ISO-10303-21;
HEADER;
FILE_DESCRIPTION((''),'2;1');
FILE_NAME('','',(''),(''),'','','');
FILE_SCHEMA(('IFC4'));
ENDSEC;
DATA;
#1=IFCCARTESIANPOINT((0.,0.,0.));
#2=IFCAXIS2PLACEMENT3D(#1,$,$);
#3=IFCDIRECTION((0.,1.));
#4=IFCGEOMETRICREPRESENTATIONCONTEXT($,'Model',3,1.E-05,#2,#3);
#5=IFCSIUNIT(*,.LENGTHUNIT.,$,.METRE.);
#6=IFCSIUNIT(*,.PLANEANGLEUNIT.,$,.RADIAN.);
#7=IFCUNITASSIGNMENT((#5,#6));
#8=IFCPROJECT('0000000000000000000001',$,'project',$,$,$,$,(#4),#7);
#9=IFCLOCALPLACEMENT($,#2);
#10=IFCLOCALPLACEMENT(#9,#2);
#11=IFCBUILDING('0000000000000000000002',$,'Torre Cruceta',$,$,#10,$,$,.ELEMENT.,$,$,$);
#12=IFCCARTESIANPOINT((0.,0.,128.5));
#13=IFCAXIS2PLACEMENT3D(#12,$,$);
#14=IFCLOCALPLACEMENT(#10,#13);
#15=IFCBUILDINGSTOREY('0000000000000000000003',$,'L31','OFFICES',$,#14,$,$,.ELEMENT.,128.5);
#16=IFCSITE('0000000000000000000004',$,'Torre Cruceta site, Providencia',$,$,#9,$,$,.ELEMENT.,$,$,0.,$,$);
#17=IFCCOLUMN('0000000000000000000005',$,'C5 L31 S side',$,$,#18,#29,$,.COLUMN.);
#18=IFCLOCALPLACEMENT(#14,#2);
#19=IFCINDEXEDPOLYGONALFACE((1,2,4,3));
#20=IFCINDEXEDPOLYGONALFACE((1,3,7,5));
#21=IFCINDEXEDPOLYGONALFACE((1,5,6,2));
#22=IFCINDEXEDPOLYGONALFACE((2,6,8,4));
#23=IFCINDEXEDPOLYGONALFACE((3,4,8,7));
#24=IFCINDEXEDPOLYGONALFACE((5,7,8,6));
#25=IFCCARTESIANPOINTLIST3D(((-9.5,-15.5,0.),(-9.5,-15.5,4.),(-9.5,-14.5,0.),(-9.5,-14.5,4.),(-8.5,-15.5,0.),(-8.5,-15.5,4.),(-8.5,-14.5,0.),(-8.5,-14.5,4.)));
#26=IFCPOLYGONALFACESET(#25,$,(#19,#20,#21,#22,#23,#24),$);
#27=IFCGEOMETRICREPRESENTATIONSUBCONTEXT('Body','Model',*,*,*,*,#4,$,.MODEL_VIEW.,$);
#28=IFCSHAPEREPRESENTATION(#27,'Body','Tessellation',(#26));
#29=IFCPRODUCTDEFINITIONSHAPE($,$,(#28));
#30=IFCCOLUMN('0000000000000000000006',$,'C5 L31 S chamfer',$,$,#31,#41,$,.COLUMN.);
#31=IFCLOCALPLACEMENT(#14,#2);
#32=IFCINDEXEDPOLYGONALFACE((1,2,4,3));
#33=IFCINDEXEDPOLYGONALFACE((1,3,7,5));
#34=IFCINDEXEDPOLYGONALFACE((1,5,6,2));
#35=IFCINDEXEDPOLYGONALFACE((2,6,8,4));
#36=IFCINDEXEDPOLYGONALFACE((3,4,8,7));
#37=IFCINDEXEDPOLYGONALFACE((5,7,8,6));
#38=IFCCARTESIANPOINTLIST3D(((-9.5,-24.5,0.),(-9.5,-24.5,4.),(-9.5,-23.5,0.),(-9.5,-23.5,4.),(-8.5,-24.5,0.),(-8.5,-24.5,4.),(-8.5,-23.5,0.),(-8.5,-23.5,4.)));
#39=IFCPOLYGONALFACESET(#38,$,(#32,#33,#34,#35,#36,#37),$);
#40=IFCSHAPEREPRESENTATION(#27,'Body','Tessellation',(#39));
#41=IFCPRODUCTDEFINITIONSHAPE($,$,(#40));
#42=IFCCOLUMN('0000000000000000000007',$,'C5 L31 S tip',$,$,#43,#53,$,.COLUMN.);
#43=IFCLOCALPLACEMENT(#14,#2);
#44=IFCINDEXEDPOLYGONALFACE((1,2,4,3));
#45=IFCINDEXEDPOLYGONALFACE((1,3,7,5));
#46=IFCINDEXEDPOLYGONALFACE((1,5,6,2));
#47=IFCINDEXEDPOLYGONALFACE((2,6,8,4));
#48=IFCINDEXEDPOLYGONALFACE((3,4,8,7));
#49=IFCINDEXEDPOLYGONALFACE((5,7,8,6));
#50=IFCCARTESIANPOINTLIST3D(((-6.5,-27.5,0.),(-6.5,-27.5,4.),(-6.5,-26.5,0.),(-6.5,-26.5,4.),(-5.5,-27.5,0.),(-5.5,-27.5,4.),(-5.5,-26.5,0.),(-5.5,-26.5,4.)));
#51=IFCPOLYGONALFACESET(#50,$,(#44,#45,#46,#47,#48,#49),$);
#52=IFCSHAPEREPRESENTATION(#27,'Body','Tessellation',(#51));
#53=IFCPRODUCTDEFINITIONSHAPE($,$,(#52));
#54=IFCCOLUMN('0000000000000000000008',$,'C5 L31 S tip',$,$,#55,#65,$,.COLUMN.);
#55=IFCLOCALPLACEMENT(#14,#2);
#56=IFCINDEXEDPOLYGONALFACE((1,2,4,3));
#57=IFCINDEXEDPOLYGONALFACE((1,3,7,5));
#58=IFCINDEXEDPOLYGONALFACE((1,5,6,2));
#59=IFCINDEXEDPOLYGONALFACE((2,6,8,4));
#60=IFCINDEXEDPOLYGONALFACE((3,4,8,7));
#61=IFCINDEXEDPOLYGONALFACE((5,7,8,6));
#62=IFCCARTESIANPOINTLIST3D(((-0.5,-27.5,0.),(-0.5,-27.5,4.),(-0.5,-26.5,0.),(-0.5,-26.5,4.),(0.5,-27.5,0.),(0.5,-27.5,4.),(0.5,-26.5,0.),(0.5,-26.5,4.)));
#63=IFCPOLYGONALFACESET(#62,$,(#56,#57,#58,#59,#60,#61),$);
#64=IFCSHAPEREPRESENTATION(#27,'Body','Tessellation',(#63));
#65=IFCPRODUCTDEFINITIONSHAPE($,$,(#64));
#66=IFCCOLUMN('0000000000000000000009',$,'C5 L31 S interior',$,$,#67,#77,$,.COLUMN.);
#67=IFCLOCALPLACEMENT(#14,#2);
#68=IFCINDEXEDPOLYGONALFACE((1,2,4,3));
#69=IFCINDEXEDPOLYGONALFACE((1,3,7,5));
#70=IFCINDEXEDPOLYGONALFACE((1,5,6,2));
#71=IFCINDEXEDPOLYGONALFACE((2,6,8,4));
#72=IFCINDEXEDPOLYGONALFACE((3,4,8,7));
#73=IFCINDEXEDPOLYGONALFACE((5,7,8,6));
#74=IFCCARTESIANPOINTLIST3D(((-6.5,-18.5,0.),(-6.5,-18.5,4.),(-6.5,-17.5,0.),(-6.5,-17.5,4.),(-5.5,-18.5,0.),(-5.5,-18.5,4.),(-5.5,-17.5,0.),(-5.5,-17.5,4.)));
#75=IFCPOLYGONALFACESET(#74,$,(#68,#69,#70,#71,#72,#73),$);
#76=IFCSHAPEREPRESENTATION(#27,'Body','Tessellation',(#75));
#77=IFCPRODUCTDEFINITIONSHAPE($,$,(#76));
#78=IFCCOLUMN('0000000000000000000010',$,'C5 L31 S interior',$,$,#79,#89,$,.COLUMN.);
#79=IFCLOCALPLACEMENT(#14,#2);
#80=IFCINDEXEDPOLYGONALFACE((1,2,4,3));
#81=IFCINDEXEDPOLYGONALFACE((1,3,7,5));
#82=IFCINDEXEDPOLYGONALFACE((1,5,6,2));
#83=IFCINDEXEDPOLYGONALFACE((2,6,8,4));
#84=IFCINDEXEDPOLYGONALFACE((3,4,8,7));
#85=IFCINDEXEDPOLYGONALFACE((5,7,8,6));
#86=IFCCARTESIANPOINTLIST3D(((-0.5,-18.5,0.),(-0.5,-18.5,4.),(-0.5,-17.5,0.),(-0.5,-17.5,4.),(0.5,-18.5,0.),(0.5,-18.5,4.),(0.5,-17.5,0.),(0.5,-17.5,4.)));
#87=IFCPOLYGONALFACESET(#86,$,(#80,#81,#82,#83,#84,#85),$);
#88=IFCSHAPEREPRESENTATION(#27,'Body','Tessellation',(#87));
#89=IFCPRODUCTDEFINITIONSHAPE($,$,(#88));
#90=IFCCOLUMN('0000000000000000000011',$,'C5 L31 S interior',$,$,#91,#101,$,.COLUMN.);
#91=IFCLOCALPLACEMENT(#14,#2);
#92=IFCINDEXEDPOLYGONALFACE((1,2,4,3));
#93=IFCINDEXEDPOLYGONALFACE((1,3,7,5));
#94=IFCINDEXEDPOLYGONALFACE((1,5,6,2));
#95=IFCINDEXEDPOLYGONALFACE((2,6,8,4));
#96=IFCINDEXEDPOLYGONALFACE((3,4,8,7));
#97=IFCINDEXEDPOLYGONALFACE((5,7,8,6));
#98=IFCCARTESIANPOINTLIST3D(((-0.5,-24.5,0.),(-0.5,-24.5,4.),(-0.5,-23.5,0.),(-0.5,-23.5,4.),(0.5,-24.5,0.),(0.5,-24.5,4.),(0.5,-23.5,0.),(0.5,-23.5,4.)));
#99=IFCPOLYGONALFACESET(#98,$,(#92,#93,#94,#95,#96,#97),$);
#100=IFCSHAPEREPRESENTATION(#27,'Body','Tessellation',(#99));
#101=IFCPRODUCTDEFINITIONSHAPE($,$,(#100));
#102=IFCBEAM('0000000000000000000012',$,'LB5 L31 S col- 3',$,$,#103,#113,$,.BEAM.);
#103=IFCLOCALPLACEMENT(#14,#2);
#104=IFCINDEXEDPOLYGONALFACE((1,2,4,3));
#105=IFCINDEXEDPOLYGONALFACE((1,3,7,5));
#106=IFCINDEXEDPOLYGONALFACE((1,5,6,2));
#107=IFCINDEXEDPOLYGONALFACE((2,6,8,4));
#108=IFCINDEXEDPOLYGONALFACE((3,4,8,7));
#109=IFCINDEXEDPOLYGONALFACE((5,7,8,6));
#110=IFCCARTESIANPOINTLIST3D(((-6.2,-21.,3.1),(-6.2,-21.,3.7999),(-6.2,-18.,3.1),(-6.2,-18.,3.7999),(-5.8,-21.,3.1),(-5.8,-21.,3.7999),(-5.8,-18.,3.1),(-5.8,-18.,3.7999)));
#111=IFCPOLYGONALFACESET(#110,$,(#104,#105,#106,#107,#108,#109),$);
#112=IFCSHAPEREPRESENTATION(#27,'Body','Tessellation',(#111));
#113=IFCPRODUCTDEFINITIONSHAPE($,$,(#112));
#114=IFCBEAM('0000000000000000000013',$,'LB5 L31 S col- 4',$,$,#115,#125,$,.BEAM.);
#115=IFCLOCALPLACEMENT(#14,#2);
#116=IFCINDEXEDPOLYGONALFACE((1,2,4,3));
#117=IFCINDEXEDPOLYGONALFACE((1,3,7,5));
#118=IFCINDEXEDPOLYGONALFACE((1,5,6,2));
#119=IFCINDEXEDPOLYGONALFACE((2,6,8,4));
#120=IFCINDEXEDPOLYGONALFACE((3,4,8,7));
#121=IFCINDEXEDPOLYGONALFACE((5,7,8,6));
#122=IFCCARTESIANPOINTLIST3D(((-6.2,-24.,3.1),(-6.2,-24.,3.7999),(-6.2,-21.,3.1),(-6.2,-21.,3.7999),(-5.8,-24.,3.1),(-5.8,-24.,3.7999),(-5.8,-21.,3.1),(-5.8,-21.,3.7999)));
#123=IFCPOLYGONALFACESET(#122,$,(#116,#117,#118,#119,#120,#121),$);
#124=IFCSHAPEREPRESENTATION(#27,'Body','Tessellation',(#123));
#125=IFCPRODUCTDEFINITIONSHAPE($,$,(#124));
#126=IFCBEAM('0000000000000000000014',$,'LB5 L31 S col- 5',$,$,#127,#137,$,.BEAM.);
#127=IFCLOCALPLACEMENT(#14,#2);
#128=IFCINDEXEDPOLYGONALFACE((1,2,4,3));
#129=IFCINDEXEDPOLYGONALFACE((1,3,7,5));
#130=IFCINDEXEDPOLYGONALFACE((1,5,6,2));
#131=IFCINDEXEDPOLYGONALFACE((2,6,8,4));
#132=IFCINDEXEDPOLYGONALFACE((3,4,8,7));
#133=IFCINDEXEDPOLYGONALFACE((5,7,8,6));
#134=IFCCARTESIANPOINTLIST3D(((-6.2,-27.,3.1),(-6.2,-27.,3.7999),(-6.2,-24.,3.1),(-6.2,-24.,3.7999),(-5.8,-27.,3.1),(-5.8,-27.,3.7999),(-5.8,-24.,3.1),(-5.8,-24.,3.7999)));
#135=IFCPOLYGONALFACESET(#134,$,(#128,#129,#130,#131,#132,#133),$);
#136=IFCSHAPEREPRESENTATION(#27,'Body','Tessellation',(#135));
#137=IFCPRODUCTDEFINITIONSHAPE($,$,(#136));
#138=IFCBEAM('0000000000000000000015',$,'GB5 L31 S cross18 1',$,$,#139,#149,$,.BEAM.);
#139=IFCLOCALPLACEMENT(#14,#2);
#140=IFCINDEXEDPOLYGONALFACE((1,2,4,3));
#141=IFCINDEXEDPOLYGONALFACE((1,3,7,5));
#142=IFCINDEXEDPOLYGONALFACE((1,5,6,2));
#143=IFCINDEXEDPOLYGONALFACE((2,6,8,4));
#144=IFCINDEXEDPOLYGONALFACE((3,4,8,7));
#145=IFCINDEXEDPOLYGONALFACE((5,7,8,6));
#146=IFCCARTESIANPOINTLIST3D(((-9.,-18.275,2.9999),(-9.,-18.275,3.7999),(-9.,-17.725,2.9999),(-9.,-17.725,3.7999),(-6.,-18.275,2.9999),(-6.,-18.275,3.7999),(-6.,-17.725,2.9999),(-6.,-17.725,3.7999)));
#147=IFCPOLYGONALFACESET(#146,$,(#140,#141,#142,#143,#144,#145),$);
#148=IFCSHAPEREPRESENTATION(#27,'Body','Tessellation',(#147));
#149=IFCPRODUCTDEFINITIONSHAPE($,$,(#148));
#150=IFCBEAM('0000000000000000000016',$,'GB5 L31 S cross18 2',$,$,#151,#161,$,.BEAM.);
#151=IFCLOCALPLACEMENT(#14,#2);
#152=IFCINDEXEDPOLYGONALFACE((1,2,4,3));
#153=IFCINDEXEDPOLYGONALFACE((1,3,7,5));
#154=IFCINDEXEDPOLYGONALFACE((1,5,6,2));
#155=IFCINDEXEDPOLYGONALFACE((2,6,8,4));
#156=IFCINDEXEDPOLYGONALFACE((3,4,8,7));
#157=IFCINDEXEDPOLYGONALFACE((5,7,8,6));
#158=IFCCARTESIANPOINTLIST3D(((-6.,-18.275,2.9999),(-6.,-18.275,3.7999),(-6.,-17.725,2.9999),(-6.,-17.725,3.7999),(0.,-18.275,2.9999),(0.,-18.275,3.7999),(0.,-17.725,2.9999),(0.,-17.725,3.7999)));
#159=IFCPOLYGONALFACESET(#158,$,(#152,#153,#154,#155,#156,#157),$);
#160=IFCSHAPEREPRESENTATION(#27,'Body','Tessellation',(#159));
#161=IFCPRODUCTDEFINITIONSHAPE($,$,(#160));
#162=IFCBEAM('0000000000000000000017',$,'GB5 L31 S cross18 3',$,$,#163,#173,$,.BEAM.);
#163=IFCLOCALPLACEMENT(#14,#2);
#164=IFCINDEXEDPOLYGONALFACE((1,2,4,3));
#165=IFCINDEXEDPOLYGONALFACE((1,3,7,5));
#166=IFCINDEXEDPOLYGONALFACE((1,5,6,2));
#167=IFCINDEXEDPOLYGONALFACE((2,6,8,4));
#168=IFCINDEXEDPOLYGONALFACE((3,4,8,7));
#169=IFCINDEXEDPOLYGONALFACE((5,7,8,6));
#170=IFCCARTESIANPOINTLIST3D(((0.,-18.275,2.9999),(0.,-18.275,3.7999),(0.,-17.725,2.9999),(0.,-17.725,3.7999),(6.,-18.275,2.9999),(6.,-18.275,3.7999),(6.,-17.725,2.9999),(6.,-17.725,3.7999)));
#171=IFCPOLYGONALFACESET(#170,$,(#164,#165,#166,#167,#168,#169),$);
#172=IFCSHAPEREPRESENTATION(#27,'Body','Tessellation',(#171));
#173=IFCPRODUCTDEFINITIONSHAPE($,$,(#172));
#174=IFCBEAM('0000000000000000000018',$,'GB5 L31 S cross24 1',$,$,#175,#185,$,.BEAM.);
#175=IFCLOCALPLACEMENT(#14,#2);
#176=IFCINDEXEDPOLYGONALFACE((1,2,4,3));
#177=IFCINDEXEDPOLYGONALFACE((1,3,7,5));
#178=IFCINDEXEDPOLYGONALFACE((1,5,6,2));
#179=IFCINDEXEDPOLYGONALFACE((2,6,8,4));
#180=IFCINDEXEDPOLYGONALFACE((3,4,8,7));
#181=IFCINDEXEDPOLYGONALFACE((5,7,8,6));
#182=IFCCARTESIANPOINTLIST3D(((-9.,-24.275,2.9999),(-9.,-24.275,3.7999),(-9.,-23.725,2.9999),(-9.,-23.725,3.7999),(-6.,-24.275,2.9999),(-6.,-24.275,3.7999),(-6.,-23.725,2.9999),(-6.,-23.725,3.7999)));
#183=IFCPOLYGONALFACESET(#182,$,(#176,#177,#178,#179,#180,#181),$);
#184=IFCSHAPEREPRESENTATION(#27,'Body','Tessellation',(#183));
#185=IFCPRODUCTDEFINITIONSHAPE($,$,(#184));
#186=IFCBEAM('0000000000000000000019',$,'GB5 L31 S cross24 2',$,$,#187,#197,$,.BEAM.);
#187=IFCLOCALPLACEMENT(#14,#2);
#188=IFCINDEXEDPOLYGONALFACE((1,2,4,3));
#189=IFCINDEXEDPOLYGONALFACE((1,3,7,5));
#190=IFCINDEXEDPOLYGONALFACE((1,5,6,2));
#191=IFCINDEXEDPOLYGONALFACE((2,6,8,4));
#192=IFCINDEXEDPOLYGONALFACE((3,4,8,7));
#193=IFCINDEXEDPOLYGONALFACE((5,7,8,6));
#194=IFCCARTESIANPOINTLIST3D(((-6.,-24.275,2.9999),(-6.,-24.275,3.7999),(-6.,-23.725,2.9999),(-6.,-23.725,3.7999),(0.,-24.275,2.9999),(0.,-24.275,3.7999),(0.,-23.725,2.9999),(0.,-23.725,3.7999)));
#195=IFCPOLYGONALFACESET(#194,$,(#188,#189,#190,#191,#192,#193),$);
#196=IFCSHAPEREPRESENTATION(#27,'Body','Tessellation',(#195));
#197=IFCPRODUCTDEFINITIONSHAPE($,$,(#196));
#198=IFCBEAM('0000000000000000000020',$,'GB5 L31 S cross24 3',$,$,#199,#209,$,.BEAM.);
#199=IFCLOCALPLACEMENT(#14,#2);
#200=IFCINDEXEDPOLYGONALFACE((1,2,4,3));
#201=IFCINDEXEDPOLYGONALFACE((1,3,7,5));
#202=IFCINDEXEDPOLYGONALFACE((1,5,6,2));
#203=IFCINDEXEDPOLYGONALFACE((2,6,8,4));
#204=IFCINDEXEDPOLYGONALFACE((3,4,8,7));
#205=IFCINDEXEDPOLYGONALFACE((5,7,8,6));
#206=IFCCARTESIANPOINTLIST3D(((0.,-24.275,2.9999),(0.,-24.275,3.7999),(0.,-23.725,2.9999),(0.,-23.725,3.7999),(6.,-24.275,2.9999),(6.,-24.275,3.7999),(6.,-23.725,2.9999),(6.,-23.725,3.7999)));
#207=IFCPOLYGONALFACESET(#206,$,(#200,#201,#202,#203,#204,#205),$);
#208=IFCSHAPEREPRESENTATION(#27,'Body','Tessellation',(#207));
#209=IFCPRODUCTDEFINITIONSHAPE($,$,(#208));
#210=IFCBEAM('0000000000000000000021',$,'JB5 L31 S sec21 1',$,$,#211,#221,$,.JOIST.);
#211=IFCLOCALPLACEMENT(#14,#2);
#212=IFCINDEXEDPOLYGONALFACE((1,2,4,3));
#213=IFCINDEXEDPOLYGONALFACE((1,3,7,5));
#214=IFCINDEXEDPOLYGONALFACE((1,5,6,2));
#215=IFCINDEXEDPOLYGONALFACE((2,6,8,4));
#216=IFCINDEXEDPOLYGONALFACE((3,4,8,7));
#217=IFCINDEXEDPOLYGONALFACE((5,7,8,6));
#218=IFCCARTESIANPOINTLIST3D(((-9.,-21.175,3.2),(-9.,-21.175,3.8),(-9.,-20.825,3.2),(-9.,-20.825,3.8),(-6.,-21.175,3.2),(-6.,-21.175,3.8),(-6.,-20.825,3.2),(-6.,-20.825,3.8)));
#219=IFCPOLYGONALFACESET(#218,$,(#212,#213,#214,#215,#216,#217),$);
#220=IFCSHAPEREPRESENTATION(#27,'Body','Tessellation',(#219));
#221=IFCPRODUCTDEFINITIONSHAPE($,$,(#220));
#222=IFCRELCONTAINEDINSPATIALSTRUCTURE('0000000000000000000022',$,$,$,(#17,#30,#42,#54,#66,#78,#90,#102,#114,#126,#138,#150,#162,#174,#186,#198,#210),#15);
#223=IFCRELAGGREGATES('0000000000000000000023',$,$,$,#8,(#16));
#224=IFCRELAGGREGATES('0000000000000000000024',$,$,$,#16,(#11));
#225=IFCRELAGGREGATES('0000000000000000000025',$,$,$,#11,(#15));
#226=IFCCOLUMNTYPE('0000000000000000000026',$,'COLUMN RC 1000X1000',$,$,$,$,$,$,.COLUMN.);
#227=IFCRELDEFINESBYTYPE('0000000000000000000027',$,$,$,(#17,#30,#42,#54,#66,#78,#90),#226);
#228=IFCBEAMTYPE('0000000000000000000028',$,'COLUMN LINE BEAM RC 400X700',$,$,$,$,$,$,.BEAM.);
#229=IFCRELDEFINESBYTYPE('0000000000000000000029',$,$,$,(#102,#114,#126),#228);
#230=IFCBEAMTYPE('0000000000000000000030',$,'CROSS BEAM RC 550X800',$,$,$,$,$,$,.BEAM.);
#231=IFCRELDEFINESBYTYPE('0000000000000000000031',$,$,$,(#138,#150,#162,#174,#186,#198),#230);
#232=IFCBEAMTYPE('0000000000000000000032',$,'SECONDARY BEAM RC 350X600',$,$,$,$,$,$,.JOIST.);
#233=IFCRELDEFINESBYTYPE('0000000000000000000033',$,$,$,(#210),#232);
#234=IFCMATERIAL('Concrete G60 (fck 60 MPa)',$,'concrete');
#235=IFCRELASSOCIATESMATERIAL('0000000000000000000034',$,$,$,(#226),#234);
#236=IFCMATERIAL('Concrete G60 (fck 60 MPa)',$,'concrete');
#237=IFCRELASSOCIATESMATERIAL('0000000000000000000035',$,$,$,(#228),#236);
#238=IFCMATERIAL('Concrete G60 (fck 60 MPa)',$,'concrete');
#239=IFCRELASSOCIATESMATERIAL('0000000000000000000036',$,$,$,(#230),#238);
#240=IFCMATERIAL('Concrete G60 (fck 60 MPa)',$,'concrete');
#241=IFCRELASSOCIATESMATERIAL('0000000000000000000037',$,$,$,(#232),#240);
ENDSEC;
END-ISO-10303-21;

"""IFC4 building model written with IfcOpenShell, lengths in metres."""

from ifc_helpers import new_model, si_unit, direction, frame, origin, origin_2d, place, context, subcontext, project, spatial, rectangle, extrude, material, material_profile, profile_set, type_object, element, save


model = new_model("IFC4")

# Units and contexts
model_context = context("Model", 3, precision=1e-05, world=origin(), true_north=direction((0.0, 1.0)))
body_context = subcontext(model_context, "Body", "Model", "MODEL_VIEW")
ifc_project = project(units=[si_unit("LENGTHUNIT", "METRE"), si_unit("PLANEANGLEUNIT", "RADIAN")], contexts=[model_context])

# Site, building, storey
site_placement = place(None, origin())
site = spatial("IfcSite", under=ifc_project, at=site_placement, Name="Torre Cruceta site, Providencia", CompositionType="ELEMENT", RefElevation=0.0)
building_placement = place(site_placement, origin())
building = spatial("IfcBuilding", under=site, at=building_placement, Name="Torre Cruceta", CompositionType="ELEMENT")
storey_placement = place(building_placement, frame((0.0, 0.0, 128.5)))
storey = spatial("IfcBuildingStorey", under=building, at=storey_placement, Name="L31", Description="OFFICES", CompositionType="ELEMENT", Elevation=128.5)

# Columns
ifc_material_1 = material(Name="Concrete G60 (fck 60 MPa)", Category="concrete")
ifc_material_profile_1 = material_profile(ifc_material_1, rectangle(XDim=1.0, YDim=1.0, at=origin_2d()), Name="RC 1000X1000")
ifc_profile_set_1 = profile_set([ifc_material_profile_1], Name="Concrete G60 (fck 60 MPa)")
column_type = type_object("IfcColumnType", Name="COLUMN RC 1000X1000", PredefinedType="COLUMN", material=ifc_profile_set_1)
for number, where, z_axis, x_axis, name in (
    (1, (-9.0, -15.0, 0.0), (0.0, 0.0, 1.0), (1.0, 0.0, 0.0), "C5 L31 S side"),
    (2, (-9.0, -24.0, 0.0), (0.0, 0.0, 1.0), (1.0, 0.0, 0.0), "C5 L31 S chamfer"),
    (3, (-6.0, -27.0, 0.0), (0.0, 0.0, 1.0), (1.0, 0.0, 0.0), "C5 L31 S tip"),
    (4, (0.0, -27.0, 0.0), (0.0, 0.0, 1.0), (1.0, 0.0, 0.0), "C5 L31 S tip"),
    (5, (-6.0, -18.0, 0.0), (0.0, 0.0, 1.0), (1.0, 0.0, 0.0), "C5 L31 S interior"),
    (6, (0.0, -18.0, 0.0), (0.0, 0.0, 1.0), (1.0, 0.0, 0.0), "C5 L31 S interior"),
    (7, (0.0, -24.0, 0.0), (0.0, 0.0, 1.0), (1.0, 0.0, 0.0), "C5 L31 S interior"),
):
    element("IfcColumn", number, at=place(storey_placement, frame(where, z_axis=z_axis, x_axis=x_axis)), inside=storey, type_object=column_type, Name=name, PredefinedType="COLUMN", context=body_context, shape_type="SweptSolid", body=[
        extrude(rectangle(XDim=1.0, YDim=1.0, at=origin_2d()), origin(), (0.0, 0.0, 1.0), 4.0),
    ])

# Beams
ifc_material_2 = material(Name="Concrete G60 (fck 60 MPa)", Category="concrete")
ifc_material_profile_2 = material_profile(ifc_material_2, rectangle(XDim=0.3999, YDim=0.7, at=origin_2d()), Name="RC 400X700")
ifc_profile_set_2 = profile_set([ifc_material_profile_2], Name="Concrete G60 (fck 60 MPa)")
beam_type_1 = type_object("IfcBeamType", Name="COLUMN LINE BEAM RC 400X700", PredefinedType="BEAM", material=ifc_profile_set_2)
for number, where, z_axis, x_axis, name in (
    (8, (-6.0, -18.0, 3.45), (0.0, -1.0, 0.0), (1.0, 0.0, 0.0), "LB5 L31 S col- 3"),
    (9, (-6.0, -21.0, 3.45), (0.0, -1.0, 0.0), (1.0, 0.0, 0.0), "LB5 L31 S col- 4"),
    (10, (-6.0, -24.0, 3.45), (0.0, -1.0, 0.0), (1.0, 0.0, 0.0), "LB5 L31 S col- 5"),
):
    element("IfcBeam", number, at=place(storey_placement, frame(where, z_axis=z_axis, x_axis=x_axis)), inside=storey, type_object=beam_type_1, Name=name, PredefinedType="BEAM", context=body_context, shape_type="SweptSolid", body=[
        extrude(rectangle(XDim=0.3999, YDim=0.7, at=origin_2d()), origin(), (0.0, 0.0, 1.0), 3.0),
    ])
ifc_material_3 = material(Name="Concrete G60 (fck 60 MPa)", Category="concrete")
ifc_material_profile_3 = material_profile(ifc_material_3, rectangle(XDim=0.55, YDim=0.8, at=origin_2d()), Name="RC 550X800")
ifc_profile_set_3 = profile_set([ifc_material_profile_3], Name="Concrete G60 (fck 60 MPa)")
beam_type_2 = type_object("IfcBeamType", Name="CROSS BEAM RC 550X800", PredefinedType="BEAM", material=ifc_profile_set_3)
beam_1_placement = place(storey_placement, frame((-9.0, -18.0, 3.3999), z_axis=(1.0, 0.0, 0.0), x_axis=(0.0, 1.0, 0.0)))
element("IfcBeam", 11, at=beam_1_placement, inside=storey, type_object=beam_type_2, Name="GB5 L31 S cross18 1", PredefinedType="BEAM", context=body_context, shape_type="SweptSolid", body=[
    extrude(rectangle(XDim=0.55, YDim=0.8, at=origin_2d()), origin(), (0.0, 0.0, 1.0), 3.0),
])
for number, where, z_axis, x_axis, name in (
    (12, (-6.0, -18.0, 3.3999), (1.0, 0.0, 0.0), (0.0, 1.0, 0.0), "GB5 L31 S cross18 2"),
    (13, (0.0, -18.0, 3.3999), (1.0, 0.0, 0.0), (0.0, 1.0, 0.0), "GB5 L31 S cross18 3"),
):
    element("IfcBeam", number, at=place(storey_placement, frame(where, z_axis=z_axis, x_axis=x_axis)), inside=storey, type_object=beam_type_2, Name=name, PredefinedType="BEAM", context=body_context, shape_type="SweptSolid", body=[
        extrude(rectangle(XDim=0.55, YDim=0.8, at=origin_2d()), origin(), (0.0, 0.0, 1.0), 6.0),
    ])
beam_2_placement = place(storey_placement, frame((-9.0, -24.0, 3.3999), z_axis=(1.0, 0.0, 0.0), x_axis=(0.0, 1.0, 0.0)))
element("IfcBeam", 14, at=beam_2_placement, inside=storey, type_object=beam_type_2, Name="GB5 L31 S cross24 1", PredefinedType="BEAM", context=body_context, shape_type="SweptSolid", body=[
    extrude(rectangle(XDim=0.55, YDim=0.8, at=origin_2d()), origin(), (0.0, 0.0, 1.0), 3.0),
])
for number, where, z_axis, x_axis, name in (
    (15, (-6.0, -24.0, 3.3999), (1.0, 0.0, 0.0), (0.0, 1.0, 0.0), "GB5 L31 S cross24 2"),
    (16, (0.0, -24.0, 3.3999), (1.0, 0.0, 0.0), (0.0, 1.0, 0.0), "GB5 L31 S cross24 3"),
):
    element("IfcBeam", number, at=place(storey_placement, frame(where, z_axis=z_axis, x_axis=x_axis)), inside=storey, type_object=beam_type_2, Name=name, PredefinedType="BEAM", context=body_context, shape_type="SweptSolid", body=[
        extrude(rectangle(XDim=0.55, YDim=0.8, at=origin_2d()), origin(), (0.0, 0.0, 1.0), 6.0),
    ])
ifc_material_4 = material(Name="Concrete G60 (fck 60 MPa)", Category="concrete")
ifc_material_profile_4 = material_profile(ifc_material_4, rectangle(XDim=0.3501, YDim=0.6001, at=origin_2d()), Name="RC 350X600")
ifc_profile_set_4 = profile_set([ifc_material_profile_4], Name="Concrete G60 (fck 60 MPa)")
beam_type_3 = type_object("IfcBeamType", Name="SECONDARY BEAM RC 350X600", PredefinedType="JOIST", material=ifc_profile_set_4)
beam_3_placement = place(storey_placement, frame((-9.0, -21.0, 3.5), z_axis=(1.0, 0.0, 0.0), x_axis=(0.0, 1.0, 0.0)))
element("IfcBeam", 17, at=beam_3_placement, inside=storey, type_object=beam_type_3, Name="JB5 L31 S sec21 1", PredefinedType="JOIST", context=body_context, shape_type="SweptSolid", body=[
    extrude(rectangle(XDim=0.3501, YDim=0.6001, at=origin_2d()), origin(), (0.0, 0.0, 1.0), 3.0),
])

save(model, "model.ifc")
